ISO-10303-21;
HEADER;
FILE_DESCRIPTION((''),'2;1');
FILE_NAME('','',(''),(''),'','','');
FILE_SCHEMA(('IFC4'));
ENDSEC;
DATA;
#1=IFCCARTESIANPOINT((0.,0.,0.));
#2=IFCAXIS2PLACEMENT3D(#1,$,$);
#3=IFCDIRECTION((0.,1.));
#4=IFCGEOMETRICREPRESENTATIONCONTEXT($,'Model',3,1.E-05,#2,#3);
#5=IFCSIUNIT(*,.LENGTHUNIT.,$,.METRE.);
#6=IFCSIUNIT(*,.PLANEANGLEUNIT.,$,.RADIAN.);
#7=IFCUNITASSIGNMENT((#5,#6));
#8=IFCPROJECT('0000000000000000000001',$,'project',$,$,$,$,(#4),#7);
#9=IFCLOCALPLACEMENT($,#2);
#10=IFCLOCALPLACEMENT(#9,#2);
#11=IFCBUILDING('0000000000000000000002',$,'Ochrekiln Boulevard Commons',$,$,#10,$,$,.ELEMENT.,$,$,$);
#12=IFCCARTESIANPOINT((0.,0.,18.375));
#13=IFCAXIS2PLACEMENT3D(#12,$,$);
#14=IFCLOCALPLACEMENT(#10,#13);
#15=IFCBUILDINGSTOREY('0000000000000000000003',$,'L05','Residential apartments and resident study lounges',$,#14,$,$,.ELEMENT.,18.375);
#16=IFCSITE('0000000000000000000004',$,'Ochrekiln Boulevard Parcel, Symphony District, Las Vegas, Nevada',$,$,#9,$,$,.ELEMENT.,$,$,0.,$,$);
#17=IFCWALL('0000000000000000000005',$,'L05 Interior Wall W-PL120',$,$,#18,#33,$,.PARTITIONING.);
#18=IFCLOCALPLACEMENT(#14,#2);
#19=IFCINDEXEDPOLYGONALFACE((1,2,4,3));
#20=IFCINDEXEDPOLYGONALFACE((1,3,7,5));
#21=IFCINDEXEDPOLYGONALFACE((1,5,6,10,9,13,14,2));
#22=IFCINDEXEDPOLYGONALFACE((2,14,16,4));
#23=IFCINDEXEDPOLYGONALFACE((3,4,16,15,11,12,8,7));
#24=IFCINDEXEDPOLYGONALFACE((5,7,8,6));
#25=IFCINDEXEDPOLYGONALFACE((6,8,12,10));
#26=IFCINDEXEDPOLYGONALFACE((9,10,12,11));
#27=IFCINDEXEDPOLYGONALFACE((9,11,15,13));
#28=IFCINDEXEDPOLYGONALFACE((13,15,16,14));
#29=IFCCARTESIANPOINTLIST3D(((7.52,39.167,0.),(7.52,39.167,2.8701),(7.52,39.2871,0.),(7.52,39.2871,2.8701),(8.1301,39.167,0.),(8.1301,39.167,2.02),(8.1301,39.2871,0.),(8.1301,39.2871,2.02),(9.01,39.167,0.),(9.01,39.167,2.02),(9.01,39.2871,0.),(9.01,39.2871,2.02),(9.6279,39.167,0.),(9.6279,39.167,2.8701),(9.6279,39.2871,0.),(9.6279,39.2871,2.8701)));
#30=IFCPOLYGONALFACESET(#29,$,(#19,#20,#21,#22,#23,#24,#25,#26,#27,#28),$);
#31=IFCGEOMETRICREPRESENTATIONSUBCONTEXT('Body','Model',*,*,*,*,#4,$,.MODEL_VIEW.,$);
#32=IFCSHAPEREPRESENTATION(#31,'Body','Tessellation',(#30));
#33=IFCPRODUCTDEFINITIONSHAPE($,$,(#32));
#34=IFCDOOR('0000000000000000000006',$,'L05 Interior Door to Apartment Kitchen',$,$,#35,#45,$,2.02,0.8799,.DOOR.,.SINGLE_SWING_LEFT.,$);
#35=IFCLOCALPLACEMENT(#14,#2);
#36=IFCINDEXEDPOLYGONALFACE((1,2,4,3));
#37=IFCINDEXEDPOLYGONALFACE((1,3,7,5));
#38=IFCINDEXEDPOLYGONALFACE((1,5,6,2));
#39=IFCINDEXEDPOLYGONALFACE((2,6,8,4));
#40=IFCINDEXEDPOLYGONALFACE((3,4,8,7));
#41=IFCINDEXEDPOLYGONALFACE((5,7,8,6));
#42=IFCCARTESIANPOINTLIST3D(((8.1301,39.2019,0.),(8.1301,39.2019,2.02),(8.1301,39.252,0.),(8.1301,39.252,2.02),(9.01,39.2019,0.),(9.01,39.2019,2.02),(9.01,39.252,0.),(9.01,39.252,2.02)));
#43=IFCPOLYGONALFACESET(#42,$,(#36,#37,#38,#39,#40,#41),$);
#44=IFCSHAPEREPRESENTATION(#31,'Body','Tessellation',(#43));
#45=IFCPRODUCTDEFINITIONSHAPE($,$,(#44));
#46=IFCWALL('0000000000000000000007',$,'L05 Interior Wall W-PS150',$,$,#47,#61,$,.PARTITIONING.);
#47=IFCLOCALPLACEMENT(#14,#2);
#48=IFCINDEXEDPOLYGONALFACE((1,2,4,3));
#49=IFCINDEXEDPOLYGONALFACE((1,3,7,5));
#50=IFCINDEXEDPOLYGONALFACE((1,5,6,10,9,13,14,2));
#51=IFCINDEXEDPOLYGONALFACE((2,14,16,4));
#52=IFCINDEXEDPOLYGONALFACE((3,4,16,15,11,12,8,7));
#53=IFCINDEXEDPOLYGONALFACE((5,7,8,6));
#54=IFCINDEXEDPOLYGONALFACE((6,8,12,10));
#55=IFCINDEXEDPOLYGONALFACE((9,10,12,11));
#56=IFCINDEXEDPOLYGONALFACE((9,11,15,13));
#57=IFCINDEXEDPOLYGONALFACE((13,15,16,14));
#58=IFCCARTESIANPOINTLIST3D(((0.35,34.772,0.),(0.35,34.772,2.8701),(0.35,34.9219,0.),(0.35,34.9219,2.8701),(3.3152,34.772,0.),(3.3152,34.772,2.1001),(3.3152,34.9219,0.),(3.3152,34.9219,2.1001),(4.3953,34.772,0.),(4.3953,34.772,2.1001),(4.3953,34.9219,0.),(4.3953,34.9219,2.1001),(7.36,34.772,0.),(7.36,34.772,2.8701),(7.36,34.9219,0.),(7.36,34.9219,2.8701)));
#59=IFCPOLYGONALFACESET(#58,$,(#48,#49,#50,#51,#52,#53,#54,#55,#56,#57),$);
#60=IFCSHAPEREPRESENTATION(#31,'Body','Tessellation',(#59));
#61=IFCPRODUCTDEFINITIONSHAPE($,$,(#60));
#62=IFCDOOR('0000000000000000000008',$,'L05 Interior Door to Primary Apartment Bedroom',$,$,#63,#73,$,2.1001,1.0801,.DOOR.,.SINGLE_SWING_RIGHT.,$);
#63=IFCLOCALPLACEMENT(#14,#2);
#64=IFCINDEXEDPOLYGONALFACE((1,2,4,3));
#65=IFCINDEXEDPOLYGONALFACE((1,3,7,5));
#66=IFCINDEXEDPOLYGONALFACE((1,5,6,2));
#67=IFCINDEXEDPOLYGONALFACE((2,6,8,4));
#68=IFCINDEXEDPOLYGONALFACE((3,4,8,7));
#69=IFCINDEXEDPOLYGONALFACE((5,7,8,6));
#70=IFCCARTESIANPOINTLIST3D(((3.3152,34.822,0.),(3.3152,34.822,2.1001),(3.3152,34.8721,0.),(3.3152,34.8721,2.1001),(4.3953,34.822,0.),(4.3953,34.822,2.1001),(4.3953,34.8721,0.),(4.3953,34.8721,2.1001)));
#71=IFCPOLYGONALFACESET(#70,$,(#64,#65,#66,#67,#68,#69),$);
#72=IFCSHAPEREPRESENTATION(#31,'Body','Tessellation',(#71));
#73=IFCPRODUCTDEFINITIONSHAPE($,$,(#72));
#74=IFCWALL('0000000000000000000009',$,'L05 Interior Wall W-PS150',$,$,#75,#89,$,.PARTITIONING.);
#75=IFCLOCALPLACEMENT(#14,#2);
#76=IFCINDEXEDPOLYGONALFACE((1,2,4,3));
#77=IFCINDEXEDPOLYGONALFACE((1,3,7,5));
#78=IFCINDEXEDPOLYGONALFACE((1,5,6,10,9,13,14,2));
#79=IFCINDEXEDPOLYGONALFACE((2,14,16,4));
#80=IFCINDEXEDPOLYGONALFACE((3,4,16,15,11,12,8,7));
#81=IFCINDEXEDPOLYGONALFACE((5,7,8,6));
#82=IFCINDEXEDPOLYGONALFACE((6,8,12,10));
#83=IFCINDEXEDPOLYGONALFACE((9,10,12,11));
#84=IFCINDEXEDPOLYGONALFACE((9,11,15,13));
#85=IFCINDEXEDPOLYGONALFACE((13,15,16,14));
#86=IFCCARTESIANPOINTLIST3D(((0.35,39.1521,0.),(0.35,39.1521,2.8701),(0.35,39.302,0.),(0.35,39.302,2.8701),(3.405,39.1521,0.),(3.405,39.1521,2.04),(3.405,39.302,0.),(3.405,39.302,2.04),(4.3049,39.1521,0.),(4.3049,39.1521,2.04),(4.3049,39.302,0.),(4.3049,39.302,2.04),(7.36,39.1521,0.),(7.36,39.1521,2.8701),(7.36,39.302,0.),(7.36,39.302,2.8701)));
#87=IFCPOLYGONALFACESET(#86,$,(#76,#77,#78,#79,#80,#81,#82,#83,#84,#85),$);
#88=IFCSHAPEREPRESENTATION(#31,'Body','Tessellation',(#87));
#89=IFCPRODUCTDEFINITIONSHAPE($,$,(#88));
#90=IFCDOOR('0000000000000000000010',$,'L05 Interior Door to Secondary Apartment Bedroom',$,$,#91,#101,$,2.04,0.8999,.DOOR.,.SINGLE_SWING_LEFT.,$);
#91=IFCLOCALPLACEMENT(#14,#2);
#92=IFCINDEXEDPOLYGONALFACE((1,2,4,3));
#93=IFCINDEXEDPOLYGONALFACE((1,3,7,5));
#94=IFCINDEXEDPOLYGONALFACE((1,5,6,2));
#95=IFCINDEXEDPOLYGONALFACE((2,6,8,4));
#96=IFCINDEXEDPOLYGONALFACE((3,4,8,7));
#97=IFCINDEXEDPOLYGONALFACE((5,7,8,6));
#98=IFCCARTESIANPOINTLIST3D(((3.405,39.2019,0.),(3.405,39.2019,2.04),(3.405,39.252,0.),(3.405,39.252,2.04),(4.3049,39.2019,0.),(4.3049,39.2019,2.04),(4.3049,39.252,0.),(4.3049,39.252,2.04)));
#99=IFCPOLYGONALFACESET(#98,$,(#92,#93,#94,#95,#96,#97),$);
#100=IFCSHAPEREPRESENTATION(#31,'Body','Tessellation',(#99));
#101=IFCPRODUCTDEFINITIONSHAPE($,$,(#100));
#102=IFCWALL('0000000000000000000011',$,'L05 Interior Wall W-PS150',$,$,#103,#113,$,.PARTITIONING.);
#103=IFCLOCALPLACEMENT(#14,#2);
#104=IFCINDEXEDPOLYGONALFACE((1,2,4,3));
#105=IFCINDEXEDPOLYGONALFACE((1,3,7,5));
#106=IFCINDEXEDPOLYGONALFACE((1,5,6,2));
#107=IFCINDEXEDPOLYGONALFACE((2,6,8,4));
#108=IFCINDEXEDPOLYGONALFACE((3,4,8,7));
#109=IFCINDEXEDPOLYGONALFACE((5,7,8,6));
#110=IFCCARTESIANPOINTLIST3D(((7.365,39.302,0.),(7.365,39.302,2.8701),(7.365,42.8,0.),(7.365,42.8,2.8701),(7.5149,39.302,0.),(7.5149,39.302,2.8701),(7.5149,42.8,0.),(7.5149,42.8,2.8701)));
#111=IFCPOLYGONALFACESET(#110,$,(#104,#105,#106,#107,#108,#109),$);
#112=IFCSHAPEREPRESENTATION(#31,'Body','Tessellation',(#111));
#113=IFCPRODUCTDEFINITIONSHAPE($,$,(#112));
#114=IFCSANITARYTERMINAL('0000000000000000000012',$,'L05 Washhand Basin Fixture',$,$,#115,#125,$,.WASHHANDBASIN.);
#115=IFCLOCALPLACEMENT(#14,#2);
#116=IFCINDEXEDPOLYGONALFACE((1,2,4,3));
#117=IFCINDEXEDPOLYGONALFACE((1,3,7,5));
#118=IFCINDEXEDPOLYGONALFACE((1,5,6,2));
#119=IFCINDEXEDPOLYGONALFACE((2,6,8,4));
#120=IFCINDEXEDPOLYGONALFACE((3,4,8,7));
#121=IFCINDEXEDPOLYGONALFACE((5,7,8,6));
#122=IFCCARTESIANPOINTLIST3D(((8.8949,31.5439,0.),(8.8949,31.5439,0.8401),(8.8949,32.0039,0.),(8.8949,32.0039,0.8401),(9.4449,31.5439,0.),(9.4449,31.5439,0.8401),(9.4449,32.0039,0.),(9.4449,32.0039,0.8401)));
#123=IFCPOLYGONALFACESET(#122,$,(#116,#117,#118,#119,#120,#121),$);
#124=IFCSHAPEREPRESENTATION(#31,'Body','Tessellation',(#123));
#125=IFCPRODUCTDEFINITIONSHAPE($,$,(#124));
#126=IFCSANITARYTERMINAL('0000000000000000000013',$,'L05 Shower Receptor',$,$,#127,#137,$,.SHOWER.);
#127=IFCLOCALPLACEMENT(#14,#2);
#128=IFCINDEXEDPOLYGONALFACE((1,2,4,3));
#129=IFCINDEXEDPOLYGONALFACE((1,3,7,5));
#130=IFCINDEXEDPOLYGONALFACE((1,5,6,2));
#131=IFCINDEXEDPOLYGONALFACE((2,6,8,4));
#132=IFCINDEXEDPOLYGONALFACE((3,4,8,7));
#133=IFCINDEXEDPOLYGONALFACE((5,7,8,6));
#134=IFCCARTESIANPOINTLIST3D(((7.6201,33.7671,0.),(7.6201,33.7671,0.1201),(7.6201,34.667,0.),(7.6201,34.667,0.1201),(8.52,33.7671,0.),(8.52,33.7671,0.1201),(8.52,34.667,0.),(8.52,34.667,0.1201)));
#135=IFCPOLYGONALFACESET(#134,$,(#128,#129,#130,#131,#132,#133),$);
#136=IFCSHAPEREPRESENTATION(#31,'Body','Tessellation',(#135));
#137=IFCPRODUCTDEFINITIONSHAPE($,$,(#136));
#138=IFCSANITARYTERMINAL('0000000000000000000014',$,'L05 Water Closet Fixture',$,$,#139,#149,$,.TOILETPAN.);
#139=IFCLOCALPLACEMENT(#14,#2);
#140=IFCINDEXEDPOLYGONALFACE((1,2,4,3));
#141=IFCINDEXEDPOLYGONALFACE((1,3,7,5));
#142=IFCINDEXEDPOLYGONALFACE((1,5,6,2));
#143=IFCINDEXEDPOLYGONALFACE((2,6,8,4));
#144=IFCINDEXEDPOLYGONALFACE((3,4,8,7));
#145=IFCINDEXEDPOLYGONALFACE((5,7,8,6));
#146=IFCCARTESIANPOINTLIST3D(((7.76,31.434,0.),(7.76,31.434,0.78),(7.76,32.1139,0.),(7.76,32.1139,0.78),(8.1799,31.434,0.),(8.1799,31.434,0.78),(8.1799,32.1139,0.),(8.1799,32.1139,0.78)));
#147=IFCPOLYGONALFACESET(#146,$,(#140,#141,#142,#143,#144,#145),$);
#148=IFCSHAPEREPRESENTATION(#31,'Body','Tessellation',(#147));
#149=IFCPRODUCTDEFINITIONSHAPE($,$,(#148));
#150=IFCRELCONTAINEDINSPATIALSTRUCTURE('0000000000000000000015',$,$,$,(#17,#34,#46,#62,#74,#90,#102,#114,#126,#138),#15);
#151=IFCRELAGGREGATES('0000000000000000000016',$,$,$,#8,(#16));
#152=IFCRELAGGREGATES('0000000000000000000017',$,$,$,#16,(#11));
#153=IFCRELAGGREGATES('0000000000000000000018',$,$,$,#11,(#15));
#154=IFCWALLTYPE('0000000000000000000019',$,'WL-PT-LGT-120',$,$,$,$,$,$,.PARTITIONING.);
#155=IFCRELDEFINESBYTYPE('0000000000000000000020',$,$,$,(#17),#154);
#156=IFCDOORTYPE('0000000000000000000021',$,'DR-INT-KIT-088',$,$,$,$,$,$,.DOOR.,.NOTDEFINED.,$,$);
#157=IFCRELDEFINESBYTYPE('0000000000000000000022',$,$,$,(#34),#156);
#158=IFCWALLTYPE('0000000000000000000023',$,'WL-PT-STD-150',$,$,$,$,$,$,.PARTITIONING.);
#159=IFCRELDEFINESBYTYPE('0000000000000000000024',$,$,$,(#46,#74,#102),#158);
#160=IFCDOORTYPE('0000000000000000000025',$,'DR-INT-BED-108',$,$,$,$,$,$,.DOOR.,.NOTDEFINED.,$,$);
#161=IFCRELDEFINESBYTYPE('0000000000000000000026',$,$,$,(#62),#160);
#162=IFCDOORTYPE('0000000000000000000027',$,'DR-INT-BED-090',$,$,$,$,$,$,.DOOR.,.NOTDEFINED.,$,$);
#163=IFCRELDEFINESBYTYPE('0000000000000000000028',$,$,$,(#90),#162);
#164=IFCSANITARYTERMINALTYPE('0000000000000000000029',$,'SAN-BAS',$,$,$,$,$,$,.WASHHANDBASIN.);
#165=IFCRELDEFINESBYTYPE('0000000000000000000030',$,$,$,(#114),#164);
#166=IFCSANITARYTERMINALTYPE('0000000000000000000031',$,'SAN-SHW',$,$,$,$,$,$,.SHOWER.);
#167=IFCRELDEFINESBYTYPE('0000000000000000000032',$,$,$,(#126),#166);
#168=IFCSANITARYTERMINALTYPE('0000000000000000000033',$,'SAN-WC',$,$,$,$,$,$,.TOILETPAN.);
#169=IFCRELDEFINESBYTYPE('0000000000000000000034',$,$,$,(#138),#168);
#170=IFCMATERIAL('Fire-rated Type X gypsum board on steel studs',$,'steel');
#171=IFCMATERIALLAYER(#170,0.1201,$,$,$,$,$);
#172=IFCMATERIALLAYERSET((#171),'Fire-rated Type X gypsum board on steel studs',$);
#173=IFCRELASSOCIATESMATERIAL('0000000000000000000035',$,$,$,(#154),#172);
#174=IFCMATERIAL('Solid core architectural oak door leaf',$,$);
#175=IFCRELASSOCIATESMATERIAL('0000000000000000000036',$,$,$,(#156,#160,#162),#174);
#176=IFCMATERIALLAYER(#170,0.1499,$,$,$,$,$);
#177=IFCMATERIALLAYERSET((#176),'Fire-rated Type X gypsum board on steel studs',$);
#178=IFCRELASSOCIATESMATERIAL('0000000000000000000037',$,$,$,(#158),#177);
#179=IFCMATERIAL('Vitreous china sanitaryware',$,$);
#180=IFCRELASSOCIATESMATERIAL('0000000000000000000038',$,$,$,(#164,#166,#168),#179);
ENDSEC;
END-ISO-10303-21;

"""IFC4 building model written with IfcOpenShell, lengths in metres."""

from ifc_helpers import new_model, si_unit, direction, frame, frame_2d, origin, origin_2d, place, context, subcontext, project, spatial, rectangle, extrude, material, layer, layer_set, type_object, element, fill, save


model = new_model("IFC4")

# Units and contexts
model_context = context("Model", 3, precision=1e-05, world=origin(), true_north=direction((0.0, 1.0)))
body_context = subcontext(model_context, "Body", "Model", "MODEL_VIEW")
ifc_project = project(units=[si_unit("LENGTHUNIT", "METRE"), si_unit("PLANEANGLEUNIT", "RADIAN")], contexts=[model_context])

# Site, building, storey
site_placement = place(None, origin())
site = spatial("IfcSite", under=ifc_project, at=site_placement, Name="Ochrekiln Boulevard Parcel, Symphony District, Las Vegas, Nevada", CompositionType="ELEMENT", RefElevation=0.0)
building_placement = place(site_placement, origin())
building = spatial("IfcBuilding", under=site, at=building_placement, Name="Ochrekiln Boulevard Commons", CompositionType="ELEMENT")
storey_placement = place(building_placement, frame((0.0, 0.0, 18.375)))
storey = spatial("IfcBuildingStorey", under=building, at=storey_placement, Name="L05", Description="Residential apartments and resident study lounges", CompositionType="ELEMENT", Elevation=18.375)

# Shared definitions
ifc_material_1 = material(Name="Solid core architectural oak door leaf")

# Walls, openings, doors
ifc_material_2 = material(Name="Fire-rated Type X gypsum board on steel studs", Category="steel")
ifc_layer_1 = layer(ifc_material_2, 0.1201)
ifc_layer_set_1 = layer_set([ifc_layer_1], Name="Fire-rated Type X gypsum board on steel studs")
wall_type_1 = type_object("IfcWallType", Name="WL-PT-LGT-120", PredefinedType="PARTITIONING", material=ifc_layer_set_1)
wall_1_placement = place(storey_placement, frame((7.52, 39.2271, 0.0), z_axis=(0.0, 0.0, 1.0), x_axis=(1.0, 0.0, 0.0)))
wall_1 = element("IfcWall", 1, at=wall_1_placement, inside=storey, type_object=wall_type_1, Name="L05 Interior Wall W-PL120", PredefinedType="PARTITIONING", context=body_context, shape_type="SweptSolid", body=[
    extrude(rectangle(XDim=2.1079, YDim=0.1201, at=frame_2d((1.054, 0.0))), origin(), (0.0, 0.0, 1.0), 2.8701),
])
opening_1_placement = place(wall_1_placement, frame((0.6101, 0.0, 0.0)))
opening_1 = element("IfcOpeningElement", 2, at=opening_1_placement, cuts=wall_1, PredefinedType="OPENING", context=body_context, shape_type="SweptSolid", body=[
    extrude(rectangle(XDim=0.8799, YDim=2.02, at=frame_2d((0.4399, 1.01))), frame((0.0, 0.0701, 0.0), z_axis=(0.0, -1.0, 0.0), x_axis=(1.0, 0.0, 0.0)), (0.0, 0.0, 1.0), 0.1401),
])
door_type_1 = type_object("IfcDoorType", Name="DR-INT-KIT-088", OperationType="NOTDEFINED", PredefinedType="DOOR", material=ifc_material_1)
door_1_placement = place(opening_1_placement, origin())
door_1 = element("IfcDoor", 3, at=door_1_placement, inside=storey, type_object=door_type_1, Name="L05 Interior Door to Apartment Kitchen", OperationType="SINGLE_SWING_LEFT", OverallHeight=2.02, OverallWidth=0.8799, PredefinedType="DOOR", context=body_context, shape_type="SweptSolid", body=[
    extrude(rectangle(XDim=0.8799, YDim=2.02, at=frame_2d((0.4399, 1.01))), frame((0.0, 0.0249, 0.0), z_axis=(0.0, -1.0, 0.0), x_axis=(1.0, 0.0, 0.0)), (0.0, 0.0, 1.0), 0.05),
])
fill(opening_1, door_1)
ifc_layer_2 = layer(ifc_material_2, 0.1499)
ifc_layer_set_2 = layer_set([ifc_layer_2], Name="Fire-rated Type X gypsum board on steel studs")
wall_type_2 = type_object("IfcWallType", Name="WL-PT-STD-150", PredefinedType="PARTITIONING", material=ifc_layer_set_2)
wall_2_placement = place(storey_placement, frame((0.3501, 34.8469, 0.0), z_axis=(0.0, 0.0, 1.0), x_axis=(1.0, 0.0, 0.0)))
wall_2 = element("IfcWall", 4, at=wall_2_placement, inside=storey, type_object=wall_type_2, Name="L05 Interior Wall W-PS150", PredefinedType="PARTITIONING", context=body_context, shape_type="SweptSolid", body=[
    extrude(rectangle(XDim=7.01, YDim=0.1499, at=frame_2d((3.5049, 0.0))), origin(), (0.0, 0.0, 1.0), 2.8701),
])
opening_2_placement = place(wall_2_placement, frame((2.9651, 0.0, 0.0)))
opening_2 = element("IfcOpeningElement", 5, at=opening_2_placement, cuts=wall_2, PredefinedType="OPENING", context=body_context, shape_type="SweptSolid", body=[
    extrude(rectangle(XDim=1.0801, YDim=2.1001, at=frame_2d((0.54, 1.05))), frame((0.0, 0.085, 0.0), z_axis=(0.0, -1.0, 0.0), x_axis=(1.0, 0.0, 0.0)), (0.0, 0.0, 1.0), 0.1699),
])
door_type_2 = type_object("IfcDoorType", Name="DR-INT-BED-108", OperationType="NOTDEFINED", PredefinedType="DOOR", material=ifc_material_1)
door_2_placement = place(opening_2_placement, frame((1.0801, 0.0, 0.0), z_axis=(0.0, 0.0, 1.0), x_axis=(-1.0, 0.0, 0.0)))
door_2 = element("IfcDoor", 6, at=door_2_placement, inside=storey, type_object=door_type_2, Name="L05 Interior Door to Primary Apartment Bedroom", OperationType="SINGLE_SWING_RIGHT", OverallHeight=2.1001, OverallWidth=1.0801, PredefinedType="DOOR", context=body_context, shape_type="SweptSolid", body=[
    extrude(rectangle(XDim=1.0801, YDim=2.1001, at=frame_2d((0.54, 1.05))), frame((0.0, 0.0249, 0.0), z_axis=(0.0, -1.0, 0.0), x_axis=(1.0, 0.0, 0.0)), (0.0, 0.0, 1.0), 0.05),
])
fill(opening_2, door_2)
wall_3_placement = place(storey_placement, frame((0.3501, 39.2271, 0.0), z_axis=(0.0, 0.0, 1.0), x_axis=(1.0, 0.0, 0.0)))
wall_3 = element("IfcWall", 7, at=wall_3_placement, inside=storey, type_object=wall_type_2, Name="L05 Interior Wall W-PS150", PredefinedType="PARTITIONING", context=body_context, shape_type="SweptSolid", body=[
    extrude(rectangle(XDim=7.01, YDim=0.1499, at=frame_2d((3.5049, 0.0))), origin(), (0.0, 0.0, 1.0), 2.8701),
])
opening_3_placement = place(wall_3_placement, frame((3.0549, 0.0, 0.0)))
opening_3 = element("IfcOpeningElement", 8, at=opening_3_placement, cuts=wall_3, PredefinedType="OPENING", context=body_context, shape_type="SweptSolid", body=[
    extrude(rectangle(XDim=0.8999, YDim=2.04, at=frame_2d((0.45, 1.02))), frame((0.0, 0.085, 0.0), z_axis=(0.0, -1.0, 0.0), x_axis=(1.0, 0.0, 0.0)), (0.0, 0.0, 1.0), 0.1699),
])
door_type_3 = type_object("IfcDoorType", Name="DR-INT-BED-090", OperationType="NOTDEFINED", PredefinedType="DOOR", material=ifc_material_1)
door_3_placement = place(opening_3_placement, origin())
door_3 = element("IfcDoor", 9, at=door_3_placement, inside=storey, type_object=door_type_3, Name="L05 Interior Door to Secondary Apartment Bedroom", OperationType="SINGLE_SWING_LEFT", OverallHeight=2.04, OverallWidth=0.8999, PredefinedType="DOOR", context=body_context, shape_type="SweptSolid", body=[
    extrude(rectangle(XDim=0.8999, YDim=2.04, at=frame_2d((0.45, 1.02))), frame((0.0, 0.0249, 0.0), z_axis=(0.0, -1.0, 0.0), x_axis=(1.0, 0.0, 0.0)), (0.0, 0.0, 1.0), 0.05),
])
fill(opening_3, door_3)

# Wall
wall_4_placement = place(storey_placement, frame((7.4399, 39.302, 0.0), z_axis=(0.0, 0.0, 1.0), x_axis=(0.0, 1.0, 0.0)))
element("IfcWall", 10, at=wall_4_placement, inside=storey, type_object=wall_type_2, Name="L05 Interior Wall W-PS150", PredefinedType="PARTITIONING", context=body_context, shape_type="SweptSolid", body=[
    extrude(rectangle(XDim=3.498, YDim=0.1499, at=frame_2d((1.749, 0.0))), origin(), (0.0, 0.0, 1.0), 2.8701),
])

# Sanitary terminals
ifc_material_3 = material(Name="Vitreous china sanitaryware")
sanitary_terminal_type_1 = type_object("IfcSanitaryTerminalType", Name="SAN-BAS", PredefinedType="WASHHANDBASIN", material=ifc_material_3)
sanitary_terminal_1_placement = place(storey_placement, frame((9.1699, 31.7739, 0.0), z_axis=(0.0, 0.0, 1.0), x_axis=(1.0, 0.0, 0.0)))
element("IfcSanitaryTerminal", 11, at=sanitary_terminal_1_placement, inside=storey, type_object=sanitary_terminal_type_1, Name="L05 Washhand Basin Fixture", PredefinedType="WASHHANDBASIN", context=body_context, shape_type="SweptSolid", body=[
    extrude(rectangle(XDim=0.55, YDim=0.46, at=origin_2d()), origin(), (0.0, 0.0, 1.0), 0.8401),
])
sanitary_terminal_type_2 = type_object("IfcSanitaryTerminalType", Name="SAN-SHW", PredefinedType="SHOWER", material=ifc_material_3)
sanitary_terminal_2_placement = place(storey_placement, frame((8.0701, 34.217, 0.0), z_axis=(0.0, 0.0, 1.0), x_axis=(1.0, 0.0, 0.0)))
element("IfcSanitaryTerminal", 12, at=sanitary_terminal_2_placement, inside=storey, type_object=sanitary_terminal_type_2, Name="L05 Shower Receptor", PredefinedType="SHOWER", context=body_context, shape_type="SweptSolid", body=[
    extrude(rectangle(XDim=0.8999, YDim=0.8999, at=origin_2d()), origin(), (0.0, 0.0, 1.0), 0.1201),
])
sanitary_terminal_type_3 = type_object("IfcSanitaryTerminalType", Name="SAN-WC", PredefinedType="TOILETPAN", material=ifc_material_3)
sanitary_terminal_3_placement = place(storey_placement, frame((7.97, 31.7739, 0.0), z_axis=(0.0, 0.0, 1.0), x_axis=(1.0, 0.0, 0.0)))
element("IfcSanitaryTerminal", 13, at=sanitary_terminal_3_placement, inside=storey, type_object=sanitary_terminal_type_3, Name="L05 Water Closet Fixture", PredefinedType="TOILETPAN", context=body_context, shape_type="SweptSolid", body=[
    extrude(rectangle(XDim=0.4199, YDim=0.6799, at=origin_2d()), origin(), (0.0, 0.0, 1.0), 0.78),
])

save(model, "model.ifc")
